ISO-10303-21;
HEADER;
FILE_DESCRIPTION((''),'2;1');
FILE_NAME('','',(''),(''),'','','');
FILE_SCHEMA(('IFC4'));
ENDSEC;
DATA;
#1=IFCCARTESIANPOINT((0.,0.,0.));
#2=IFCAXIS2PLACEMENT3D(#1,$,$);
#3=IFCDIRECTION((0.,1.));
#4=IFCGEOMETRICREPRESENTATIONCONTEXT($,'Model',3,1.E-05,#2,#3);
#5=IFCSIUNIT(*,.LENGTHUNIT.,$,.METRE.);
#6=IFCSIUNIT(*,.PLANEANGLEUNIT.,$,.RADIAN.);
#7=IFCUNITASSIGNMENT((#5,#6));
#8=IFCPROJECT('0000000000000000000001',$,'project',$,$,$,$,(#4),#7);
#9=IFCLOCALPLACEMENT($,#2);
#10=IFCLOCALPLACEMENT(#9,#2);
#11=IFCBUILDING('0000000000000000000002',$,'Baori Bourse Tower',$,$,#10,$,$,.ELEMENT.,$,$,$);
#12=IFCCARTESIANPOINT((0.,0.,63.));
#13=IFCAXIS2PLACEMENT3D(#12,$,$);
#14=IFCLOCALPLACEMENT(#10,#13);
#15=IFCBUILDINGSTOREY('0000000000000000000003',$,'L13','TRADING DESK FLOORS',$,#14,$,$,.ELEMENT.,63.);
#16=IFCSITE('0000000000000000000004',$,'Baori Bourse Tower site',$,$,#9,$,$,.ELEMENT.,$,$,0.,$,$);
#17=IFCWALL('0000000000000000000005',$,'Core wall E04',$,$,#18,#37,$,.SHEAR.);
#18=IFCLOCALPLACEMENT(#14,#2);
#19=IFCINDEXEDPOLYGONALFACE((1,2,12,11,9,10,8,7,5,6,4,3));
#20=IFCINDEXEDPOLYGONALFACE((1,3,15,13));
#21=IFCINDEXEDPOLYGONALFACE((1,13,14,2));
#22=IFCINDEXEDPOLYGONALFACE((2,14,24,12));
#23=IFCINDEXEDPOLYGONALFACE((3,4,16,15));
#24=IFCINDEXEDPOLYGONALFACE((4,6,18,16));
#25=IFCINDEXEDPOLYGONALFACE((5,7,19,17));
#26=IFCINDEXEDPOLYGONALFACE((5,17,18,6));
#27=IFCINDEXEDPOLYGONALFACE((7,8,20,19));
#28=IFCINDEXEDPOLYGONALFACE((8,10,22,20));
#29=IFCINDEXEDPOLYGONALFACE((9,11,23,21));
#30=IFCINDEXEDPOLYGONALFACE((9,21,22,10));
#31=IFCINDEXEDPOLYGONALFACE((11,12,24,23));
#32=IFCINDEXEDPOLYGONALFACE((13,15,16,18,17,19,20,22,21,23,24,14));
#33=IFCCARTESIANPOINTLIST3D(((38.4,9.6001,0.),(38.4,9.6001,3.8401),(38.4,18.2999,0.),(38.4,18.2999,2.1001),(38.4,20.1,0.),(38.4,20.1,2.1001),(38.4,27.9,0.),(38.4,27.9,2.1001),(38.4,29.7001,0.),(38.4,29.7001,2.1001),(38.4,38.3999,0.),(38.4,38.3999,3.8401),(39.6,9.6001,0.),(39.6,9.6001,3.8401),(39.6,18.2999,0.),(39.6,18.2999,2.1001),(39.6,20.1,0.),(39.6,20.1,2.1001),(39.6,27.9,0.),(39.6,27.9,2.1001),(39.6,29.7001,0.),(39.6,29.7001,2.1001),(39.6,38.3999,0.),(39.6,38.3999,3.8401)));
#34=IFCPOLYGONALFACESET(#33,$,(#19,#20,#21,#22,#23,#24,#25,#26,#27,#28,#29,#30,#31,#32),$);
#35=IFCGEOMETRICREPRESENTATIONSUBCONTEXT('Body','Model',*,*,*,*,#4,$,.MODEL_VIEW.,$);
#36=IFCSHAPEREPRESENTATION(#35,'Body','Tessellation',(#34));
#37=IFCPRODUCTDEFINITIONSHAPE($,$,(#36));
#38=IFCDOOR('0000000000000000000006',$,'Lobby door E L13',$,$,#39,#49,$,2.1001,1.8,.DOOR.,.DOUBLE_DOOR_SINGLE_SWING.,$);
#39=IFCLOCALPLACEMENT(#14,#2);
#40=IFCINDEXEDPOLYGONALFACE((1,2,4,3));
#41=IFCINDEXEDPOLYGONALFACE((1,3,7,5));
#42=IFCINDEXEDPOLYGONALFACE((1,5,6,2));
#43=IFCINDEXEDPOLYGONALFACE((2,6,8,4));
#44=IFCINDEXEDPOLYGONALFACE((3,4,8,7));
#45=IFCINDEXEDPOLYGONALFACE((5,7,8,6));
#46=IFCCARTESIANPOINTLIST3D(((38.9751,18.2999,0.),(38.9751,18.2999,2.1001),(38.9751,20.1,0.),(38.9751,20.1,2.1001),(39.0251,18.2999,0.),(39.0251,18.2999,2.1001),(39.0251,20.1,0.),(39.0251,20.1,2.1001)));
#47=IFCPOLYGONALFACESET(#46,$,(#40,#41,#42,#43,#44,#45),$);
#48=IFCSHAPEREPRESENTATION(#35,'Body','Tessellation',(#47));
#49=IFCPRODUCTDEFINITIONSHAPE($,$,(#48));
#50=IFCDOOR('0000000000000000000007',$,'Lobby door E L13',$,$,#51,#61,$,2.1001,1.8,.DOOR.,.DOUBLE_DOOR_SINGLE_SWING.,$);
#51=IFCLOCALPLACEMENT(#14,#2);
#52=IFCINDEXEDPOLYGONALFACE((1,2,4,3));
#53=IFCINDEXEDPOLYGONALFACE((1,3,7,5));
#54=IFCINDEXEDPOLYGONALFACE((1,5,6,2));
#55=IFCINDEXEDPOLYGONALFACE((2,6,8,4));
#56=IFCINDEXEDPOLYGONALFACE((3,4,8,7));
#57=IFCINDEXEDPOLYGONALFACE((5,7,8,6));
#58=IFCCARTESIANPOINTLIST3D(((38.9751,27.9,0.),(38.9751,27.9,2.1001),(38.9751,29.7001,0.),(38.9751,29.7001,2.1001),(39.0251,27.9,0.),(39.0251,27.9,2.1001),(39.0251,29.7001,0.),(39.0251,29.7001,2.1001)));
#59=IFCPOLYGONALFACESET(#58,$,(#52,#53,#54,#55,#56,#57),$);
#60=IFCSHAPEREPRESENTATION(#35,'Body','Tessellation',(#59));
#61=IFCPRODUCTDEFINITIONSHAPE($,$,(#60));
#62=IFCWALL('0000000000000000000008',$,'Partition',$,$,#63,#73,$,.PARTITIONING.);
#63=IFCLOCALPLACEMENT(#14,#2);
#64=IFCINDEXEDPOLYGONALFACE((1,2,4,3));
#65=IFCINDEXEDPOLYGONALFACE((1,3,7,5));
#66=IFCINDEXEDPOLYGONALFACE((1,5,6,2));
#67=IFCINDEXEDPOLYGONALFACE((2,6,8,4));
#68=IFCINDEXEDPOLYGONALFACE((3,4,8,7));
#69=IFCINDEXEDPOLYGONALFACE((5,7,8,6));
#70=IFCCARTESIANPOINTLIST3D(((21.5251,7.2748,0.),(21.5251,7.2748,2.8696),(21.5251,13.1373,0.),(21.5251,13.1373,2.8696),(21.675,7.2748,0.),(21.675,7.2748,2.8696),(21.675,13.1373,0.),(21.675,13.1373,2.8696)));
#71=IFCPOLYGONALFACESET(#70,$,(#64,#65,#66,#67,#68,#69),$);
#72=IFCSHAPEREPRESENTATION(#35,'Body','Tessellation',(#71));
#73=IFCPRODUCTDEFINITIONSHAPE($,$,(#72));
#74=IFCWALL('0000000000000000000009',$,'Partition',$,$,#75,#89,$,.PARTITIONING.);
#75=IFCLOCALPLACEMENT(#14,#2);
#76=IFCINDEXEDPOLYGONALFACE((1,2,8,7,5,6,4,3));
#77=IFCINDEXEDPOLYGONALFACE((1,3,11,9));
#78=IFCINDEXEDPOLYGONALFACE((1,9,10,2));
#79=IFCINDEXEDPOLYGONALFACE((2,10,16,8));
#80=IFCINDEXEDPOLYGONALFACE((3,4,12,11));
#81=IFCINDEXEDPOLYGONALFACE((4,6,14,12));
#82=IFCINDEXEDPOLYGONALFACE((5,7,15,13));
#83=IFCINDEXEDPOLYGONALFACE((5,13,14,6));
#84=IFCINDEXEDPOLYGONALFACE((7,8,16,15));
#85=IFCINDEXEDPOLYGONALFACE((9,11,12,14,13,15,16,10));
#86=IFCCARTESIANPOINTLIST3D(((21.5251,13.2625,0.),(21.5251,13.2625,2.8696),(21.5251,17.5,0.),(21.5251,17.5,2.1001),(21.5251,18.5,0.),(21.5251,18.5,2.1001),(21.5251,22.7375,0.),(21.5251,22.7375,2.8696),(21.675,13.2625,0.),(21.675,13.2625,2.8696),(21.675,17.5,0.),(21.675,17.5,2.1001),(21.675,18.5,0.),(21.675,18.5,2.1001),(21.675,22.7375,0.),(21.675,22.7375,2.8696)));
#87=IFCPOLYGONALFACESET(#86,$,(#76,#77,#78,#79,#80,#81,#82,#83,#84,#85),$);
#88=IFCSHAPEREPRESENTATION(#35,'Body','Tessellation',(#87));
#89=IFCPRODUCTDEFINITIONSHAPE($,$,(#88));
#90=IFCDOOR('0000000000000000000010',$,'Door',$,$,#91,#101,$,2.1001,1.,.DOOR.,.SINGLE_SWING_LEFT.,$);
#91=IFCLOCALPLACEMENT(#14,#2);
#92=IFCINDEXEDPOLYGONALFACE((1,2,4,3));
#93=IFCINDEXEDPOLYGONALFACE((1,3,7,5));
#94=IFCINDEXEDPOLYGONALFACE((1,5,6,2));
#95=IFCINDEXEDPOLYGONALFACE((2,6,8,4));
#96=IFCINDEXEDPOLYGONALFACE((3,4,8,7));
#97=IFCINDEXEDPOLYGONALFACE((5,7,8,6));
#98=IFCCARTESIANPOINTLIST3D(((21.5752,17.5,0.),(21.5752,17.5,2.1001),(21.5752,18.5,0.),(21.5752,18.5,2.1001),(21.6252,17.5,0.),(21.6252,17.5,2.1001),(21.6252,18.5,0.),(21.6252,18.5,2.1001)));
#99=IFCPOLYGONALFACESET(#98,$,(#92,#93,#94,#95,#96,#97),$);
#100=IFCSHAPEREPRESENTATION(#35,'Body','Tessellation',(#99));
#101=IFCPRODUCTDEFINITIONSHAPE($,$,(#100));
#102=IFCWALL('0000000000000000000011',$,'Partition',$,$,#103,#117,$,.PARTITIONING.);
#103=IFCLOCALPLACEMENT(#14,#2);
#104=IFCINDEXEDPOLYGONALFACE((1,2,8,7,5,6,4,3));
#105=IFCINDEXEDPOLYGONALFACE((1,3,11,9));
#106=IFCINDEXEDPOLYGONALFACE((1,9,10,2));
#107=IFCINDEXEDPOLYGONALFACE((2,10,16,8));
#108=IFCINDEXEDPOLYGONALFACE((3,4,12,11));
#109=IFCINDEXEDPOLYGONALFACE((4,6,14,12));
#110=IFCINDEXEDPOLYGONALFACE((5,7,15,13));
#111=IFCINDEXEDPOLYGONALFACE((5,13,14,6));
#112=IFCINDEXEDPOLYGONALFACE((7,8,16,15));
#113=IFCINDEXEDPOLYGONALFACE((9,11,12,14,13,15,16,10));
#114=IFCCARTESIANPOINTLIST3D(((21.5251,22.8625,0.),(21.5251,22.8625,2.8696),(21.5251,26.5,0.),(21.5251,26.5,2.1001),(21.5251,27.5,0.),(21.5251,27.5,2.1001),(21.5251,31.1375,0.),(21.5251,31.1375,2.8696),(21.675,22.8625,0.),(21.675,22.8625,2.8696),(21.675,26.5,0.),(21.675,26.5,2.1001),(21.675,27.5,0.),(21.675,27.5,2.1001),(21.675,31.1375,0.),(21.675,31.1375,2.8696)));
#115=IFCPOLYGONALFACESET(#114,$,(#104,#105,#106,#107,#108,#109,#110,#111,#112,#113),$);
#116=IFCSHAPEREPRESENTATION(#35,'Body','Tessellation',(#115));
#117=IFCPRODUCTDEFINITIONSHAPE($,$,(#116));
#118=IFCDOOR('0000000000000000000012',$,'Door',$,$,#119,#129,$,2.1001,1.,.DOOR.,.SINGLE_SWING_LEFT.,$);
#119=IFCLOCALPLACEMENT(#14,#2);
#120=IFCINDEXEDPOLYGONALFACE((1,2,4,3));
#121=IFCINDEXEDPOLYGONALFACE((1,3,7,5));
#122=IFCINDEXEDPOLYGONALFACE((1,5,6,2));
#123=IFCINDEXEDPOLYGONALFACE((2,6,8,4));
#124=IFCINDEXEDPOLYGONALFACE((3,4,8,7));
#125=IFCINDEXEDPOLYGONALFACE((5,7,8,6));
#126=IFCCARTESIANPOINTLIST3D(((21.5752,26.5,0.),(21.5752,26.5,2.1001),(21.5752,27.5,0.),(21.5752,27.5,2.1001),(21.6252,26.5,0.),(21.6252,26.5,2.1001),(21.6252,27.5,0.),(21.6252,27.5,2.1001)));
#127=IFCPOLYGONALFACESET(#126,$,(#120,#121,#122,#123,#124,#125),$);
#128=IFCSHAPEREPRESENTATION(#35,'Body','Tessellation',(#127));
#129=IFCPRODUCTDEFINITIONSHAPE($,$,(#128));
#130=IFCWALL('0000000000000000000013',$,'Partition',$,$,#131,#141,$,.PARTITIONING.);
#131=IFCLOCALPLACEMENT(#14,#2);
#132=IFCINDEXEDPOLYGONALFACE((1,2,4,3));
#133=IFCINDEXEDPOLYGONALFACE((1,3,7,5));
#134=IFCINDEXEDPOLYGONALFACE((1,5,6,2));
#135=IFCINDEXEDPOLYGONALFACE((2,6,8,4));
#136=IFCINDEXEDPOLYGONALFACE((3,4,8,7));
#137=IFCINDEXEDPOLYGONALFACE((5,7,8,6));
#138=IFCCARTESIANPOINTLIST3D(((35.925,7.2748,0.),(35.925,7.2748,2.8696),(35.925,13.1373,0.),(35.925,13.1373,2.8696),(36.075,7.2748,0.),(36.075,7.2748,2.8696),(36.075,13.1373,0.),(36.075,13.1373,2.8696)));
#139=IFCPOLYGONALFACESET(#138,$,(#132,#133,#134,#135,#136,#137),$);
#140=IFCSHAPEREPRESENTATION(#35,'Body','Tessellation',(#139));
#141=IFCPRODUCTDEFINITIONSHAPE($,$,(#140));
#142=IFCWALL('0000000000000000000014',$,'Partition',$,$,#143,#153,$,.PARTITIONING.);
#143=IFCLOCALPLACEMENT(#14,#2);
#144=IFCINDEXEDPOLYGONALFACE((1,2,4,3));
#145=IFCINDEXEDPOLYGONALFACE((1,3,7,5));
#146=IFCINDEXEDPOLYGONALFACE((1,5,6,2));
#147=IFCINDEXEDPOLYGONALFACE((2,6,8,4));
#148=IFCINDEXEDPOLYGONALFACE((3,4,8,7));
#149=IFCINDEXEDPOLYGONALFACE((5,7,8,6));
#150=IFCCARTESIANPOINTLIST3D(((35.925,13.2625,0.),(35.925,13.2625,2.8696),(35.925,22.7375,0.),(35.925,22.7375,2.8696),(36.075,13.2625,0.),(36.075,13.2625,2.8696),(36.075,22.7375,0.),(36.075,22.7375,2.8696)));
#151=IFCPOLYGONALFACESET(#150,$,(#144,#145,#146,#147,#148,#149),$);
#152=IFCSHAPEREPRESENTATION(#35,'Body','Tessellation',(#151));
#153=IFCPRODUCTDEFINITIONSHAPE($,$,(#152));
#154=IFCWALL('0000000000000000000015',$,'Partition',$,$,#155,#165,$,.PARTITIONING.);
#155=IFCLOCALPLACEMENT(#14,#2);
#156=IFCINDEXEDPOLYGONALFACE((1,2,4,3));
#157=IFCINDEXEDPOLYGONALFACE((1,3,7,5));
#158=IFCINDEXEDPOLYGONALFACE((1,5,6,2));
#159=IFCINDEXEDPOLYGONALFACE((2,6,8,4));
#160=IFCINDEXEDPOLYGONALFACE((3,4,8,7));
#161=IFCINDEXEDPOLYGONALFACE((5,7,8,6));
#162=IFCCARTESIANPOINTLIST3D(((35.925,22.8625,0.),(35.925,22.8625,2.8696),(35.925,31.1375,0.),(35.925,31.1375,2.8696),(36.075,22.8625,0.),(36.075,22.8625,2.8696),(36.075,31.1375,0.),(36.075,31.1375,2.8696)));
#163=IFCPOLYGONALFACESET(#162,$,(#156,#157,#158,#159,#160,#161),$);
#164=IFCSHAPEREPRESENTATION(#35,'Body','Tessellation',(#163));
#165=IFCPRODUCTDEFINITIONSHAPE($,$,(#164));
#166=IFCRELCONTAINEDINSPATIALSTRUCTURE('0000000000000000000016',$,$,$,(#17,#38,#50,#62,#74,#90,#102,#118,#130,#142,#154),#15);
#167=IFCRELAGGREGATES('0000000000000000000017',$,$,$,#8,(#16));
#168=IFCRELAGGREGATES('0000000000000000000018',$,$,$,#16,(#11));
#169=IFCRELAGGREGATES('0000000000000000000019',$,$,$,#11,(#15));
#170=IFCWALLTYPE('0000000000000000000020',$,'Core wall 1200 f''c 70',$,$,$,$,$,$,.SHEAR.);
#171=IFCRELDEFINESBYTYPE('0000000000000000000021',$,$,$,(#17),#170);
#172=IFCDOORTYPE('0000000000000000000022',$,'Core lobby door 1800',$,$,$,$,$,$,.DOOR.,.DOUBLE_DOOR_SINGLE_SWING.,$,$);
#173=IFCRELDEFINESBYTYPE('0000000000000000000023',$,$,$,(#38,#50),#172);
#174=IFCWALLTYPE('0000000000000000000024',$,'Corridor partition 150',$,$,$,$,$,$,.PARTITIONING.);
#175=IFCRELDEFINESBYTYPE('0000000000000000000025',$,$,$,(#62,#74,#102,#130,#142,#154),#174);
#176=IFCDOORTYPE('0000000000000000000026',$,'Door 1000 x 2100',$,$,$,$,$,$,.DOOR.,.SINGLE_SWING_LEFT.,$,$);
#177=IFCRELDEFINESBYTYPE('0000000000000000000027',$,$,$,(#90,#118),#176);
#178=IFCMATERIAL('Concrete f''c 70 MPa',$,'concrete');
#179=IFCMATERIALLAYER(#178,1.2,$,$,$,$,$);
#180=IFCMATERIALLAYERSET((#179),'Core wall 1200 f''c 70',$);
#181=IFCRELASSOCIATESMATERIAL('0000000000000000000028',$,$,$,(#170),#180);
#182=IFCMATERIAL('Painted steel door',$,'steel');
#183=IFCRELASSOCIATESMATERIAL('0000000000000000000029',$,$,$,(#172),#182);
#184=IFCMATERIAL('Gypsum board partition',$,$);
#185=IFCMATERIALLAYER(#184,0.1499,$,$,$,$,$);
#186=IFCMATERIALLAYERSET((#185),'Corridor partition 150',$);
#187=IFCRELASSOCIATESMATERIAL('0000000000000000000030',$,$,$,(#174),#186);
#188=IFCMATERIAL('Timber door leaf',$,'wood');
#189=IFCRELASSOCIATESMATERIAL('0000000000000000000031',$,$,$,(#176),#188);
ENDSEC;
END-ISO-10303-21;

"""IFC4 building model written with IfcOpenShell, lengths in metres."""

from ifc_helpers import new_model, si_unit, direction, frame, frame_2d, origin, place, context, subcontext, project, spatial, rectangle, extrude, material, layer, layer_set, type_object, element, fill, save


model = new_model("IFC4")

# Units and contexts
model_context = context("Model", 3, precision=1e-05, world=origin(), true_north=direction((0.0, 1.0)))
body_context = subcontext(model_context, "Body", "Model", "MODEL_VIEW")
ifc_project = project(units=[si_unit("LENGTHUNIT", "METRE"), si_unit("PLANEANGLEUNIT", "RADIAN")], contexts=[model_context])

# Site, building, storey
site_placement = place(None, origin())
site = spatial("IfcSite", under=ifc_project, at=site_placement, Name="Baori Bourse Tower site", CompositionType="ELEMENT", RefElevation=0.0)
building_placement = place(site_placement, origin())
building = spatial("IfcBuilding", under=site, at=building_placement, Name="Baori Bourse Tower", CompositionType="ELEMENT")
storey_placement = place(building_placement, frame((0.0, 0.0, 63.0)))
storey = spatial("IfcBuildingStorey", under=building, at=storey_placement, Name="L13", Description="TRADING DESK FLOORS", CompositionType="ELEMENT", Elevation=63.0)

# Wall, openings, doors
ifc_material_1 = material(Name="Concrete f'c 70 MPa", Category="concrete")
ifc_layer_1 = layer(ifc_material_1, 1.2)
ifc_layer_set_1 = layer_set([ifc_layer_1], Name="Core wall 1200 f'c 70")
wall_type_1 = type_object("IfcWallType", Name="Core wall 1200 f'c 70", PredefinedType="SHEAR", material=ifc_layer_set_1)
wall_1_placement = place(storey_placement, frame((39.0, 9.6001, 0.0), z_axis=(0.0, 0.0, 1.0), x_axis=(0.0, 1.0, 0.0)))
wall_1 = element("IfcWall", 1, at=wall_1_placement, inside=storey, type_object=wall_type_1, Name="Core wall E04", PredefinedType="SHEAR", context=body_context, shape_type="SweptSolid", body=[
    extrude(rectangle(XDim=28.7998, YDim=1.2, at=frame_2d((14.3999, 0.0))), origin(), (0.0, 0.0, 1.0), 3.8401),
])
opening_1_placement = place(wall_1_placement, frame((8.7, 0.0, 0.0)))
opening_1 = element("IfcOpeningElement", 2, at=opening_1_placement, cuts=wall_1, PredefinedType="OPENING", context=body_context, shape_type="SweptSolid", body=[
    extrude(rectangle(XDim=1.8, YDim=2.1001, at=frame_2d((0.8999, 1.05))), frame((0.0, 0.6099, 0.0), z_axis=(0.0, -1.0, 0.0), x_axis=(1.0, 0.0, 0.0)), (0.0, 0.0, 1.0), 1.22),
])
opening_2_placement = place(wall_1_placement, frame((18.3, 0.0, 0.0)))
opening_2 = element("IfcOpeningElement", 3, at=opening_2_placement, cuts=wall_1, PredefinedType="OPENING", context=body_context, shape_type="SweptSolid", body=[
    extrude(rectangle(XDim=1.8, YDim=2.1001, at=frame_2d((0.8999, 1.05))), frame((0.0, 0.6099, 0.0), z_axis=(0.0, -1.0, 0.0), x_axis=(1.0, 0.0, 0.0)), (0.0, 0.0, 1.0), 1.22),
])
ifc_material_2 = material(Name="Painted steel door", Category="steel")
door_type_1 = type_object("IfcDoorType", Name="Core lobby door 1800", OperationType="DOUBLE_DOOR_SINGLE_SWING", PredefinedType="DOOR", material=ifc_material_2)
door_1_placement = place(opening_1_placement, origin())
door_1 = element("IfcDoor", 4, at=door_1_placement, inside=storey, type_object=door_type_1, Name="Lobby door E L13", OperationType="DOUBLE_DOOR_SINGLE_SWING", OverallHeight=2.1001, OverallWidth=1.8, PredefinedType="DOOR", context=body_context, shape_type="SweptSolid", body=[
    extrude(rectangle(XDim=1.8, YDim=2.1001, at=frame_2d((0.8999, 1.05))), frame((0.0, 0.0249, 0.0), z_axis=(0.0, -1.0, 0.0), x_axis=(1.0, 0.0, 0.0)), (0.0, 0.0, 1.0), 0.05),
])
fill(opening_1, door_1)
door_2_placement = place(opening_2_placement, origin())
door_2 = element("IfcDoor", 5, at=door_2_placement, inside=storey, type_object=door_type_1, Name="Lobby door E L13", OperationType="DOUBLE_DOOR_SINGLE_SWING", OverallHeight=2.1001, OverallWidth=1.8, PredefinedType="DOOR", context=body_context, shape_type="SweptSolid", body=[
    extrude(rectangle(XDim=1.8, YDim=2.1001, at=frame_2d((0.8999, 1.05))), frame((0.0, 0.0249, 0.0), z_axis=(0.0, -1.0, 0.0), x_axis=(1.0, 0.0, 0.0)), (0.0, 0.0, 1.0), 0.05),
])
fill(opening_2, door_2)

# Wall
ifc_material_3 = material(Name="Gypsum board partition")
ifc_layer_2 = layer(ifc_material_3, 0.1499)
ifc_layer_set_2 = layer_set([ifc_layer_2], Name="Corridor partition 150")
wall_type_2 = type_object("IfcWallType", Name="Corridor partition 150", PredefinedType="PARTITIONING", material=ifc_layer_set_2)
wall_2_placement = place(storey_placement, frame((21.6001, 7.2749, 0.0), z_axis=(0.0, 0.0, 1.0), x_axis=(0.0, 1.0, 0.0)))
element("IfcWall", 6, at=wall_2_placement, inside=storey, type_object=wall_type_2, Name="Partition", PredefinedType="PARTITIONING", context=body_context, shape_type="SweptSolid", body=[
    extrude(rectangle(XDim=5.8625, YDim=0.1499, at=frame_2d((2.9312, 0.0))), origin(), (0.0, 0.0, 1.0), 2.8696),
])

# Walls, openings, doors
wall_3_placement = place(storey_placement, frame((21.6001, 13.2625, 0.0), z_axis=(0.0, 0.0, 1.0), x_axis=(0.0, 1.0, 0.0)))
wall_3 = element("IfcWall", 7, at=wall_3_placement, inside=storey, type_object=wall_type_2, Name="Partition", PredefinedType="PARTITIONING", context=body_context, shape_type="SweptSolid", body=[
    extrude(rectangle(XDim=9.4751, YDim=0.1499, at=frame_2d((4.7375, 0.0))), origin(), (0.0, 0.0, 1.0), 2.8696),
])
opening_3_placement = place(wall_3_placement, frame((4.2375, 0.0, 0.0)))
opening_3 = element("IfcOpeningElement", 8, at=opening_3_placement, cuts=wall_3, PredefinedType="OPENING", context=body_context, shape_type="SweptSolid", body=[
    extrude(rectangle(XDim=1.0, YDim=2.1001, at=frame_2d((0.5, 1.05))), frame((0.0, 0.085, 0.0), z_axis=(0.0, -1.0, 0.0), x_axis=(1.0, 0.0, 0.0)), (0.0, 0.0, 1.0), 0.1699),
])
ifc_material_4 = material(Name="Timber door leaf", Category="wood")
door_type_2 = type_object("IfcDoorType", Name="Door 1000 x 2100", OperationType="SINGLE_SWING_LEFT", PredefinedType="DOOR", material=ifc_material_4)
door_3_placement = place(opening_3_placement, origin())
door_3 = element("IfcDoor", 9, at=door_3_placement, inside=storey, type_object=door_type_2, Name="Door", OperationType="SINGLE_SWING_LEFT", OverallHeight=2.1001, OverallWidth=1.0, PredefinedType="DOOR", context=body_context, shape_type="SweptSolid", body=[
    extrude(rectangle(XDim=1.0, YDim=2.1001, at=frame_2d((0.5, 1.05))), frame((0.0, 0.0249, 0.0), z_axis=(0.0, -1.0, 0.0), x_axis=(1.0, 0.0, 0.0)), (0.0, 0.0, 1.0), 0.05),
])
fill(opening_3, door_3)
wall_4_placement = place(storey_placement, frame((21.6001, 22.8625, 0.0), z_axis=(0.0, 0.0, 1.0), x_axis=(0.0, 1.0, 0.0)))
wall_4 = element("IfcWall", 10, at=wall_4_placement, inside=storey, type_object=wall_type_2, Name="Partition", PredefinedType="PARTITIONING", context=body_context, shape_type="SweptSolid", body=[
    extrude(rectangle(XDim=8.2749, YDim=0.1499, at=frame_2d((4.1375, 0.0))), origin(), (0.0, 0.0, 1.0), 2.8696),
])
opening_4_placement = place(wall_4_placement, frame((3.6375, 0.0, 0.0)))
opening_4 = element("IfcOpeningElement", 11, at=opening_4_placement, cuts=wall_4, PredefinedType="OPENING", context=body_context, shape_type="SweptSolid", body=[
    extrude(rectangle(XDim=1.0, YDim=2.1001, at=frame_2d((0.5, 1.05))), frame((0.0, 0.085, 0.0), z_axis=(0.0, -1.0, 0.0), x_axis=(1.0, 0.0, 0.0)), (0.0, 0.0, 1.0), 0.1699),
])
door_4_placement = place(opening_4_placement, origin())
door_4 = element("IfcDoor", 12, at=door_4_placement, inside=storey, type_object=door_type_2, Name="Door", OperationType="SINGLE_SWING_LEFT", OverallHeight=2.1001, OverallWidth=1.0, PredefinedType="DOOR", context=body_context, shape_type="SweptSolid", body=[
    extrude(rectangle(XDim=1.0, YDim=2.1001, at=frame_2d((0.5, 1.05))), frame((0.0, 0.0249, 0.0), z_axis=(0.0, -1.0, 0.0), x_axis=(1.0, 0.0, 0.0)), (0.0, 0.0, 1.0), 0.05),
])
fill(opening_4, door_4)

# Walls
wall_5_placement = place(storey_placement, frame((36.0, 7.2749, 0.0), z_axis=(0.0, 0.0, 1.0), x_axis=(0.0, 1.0, 0.0)))
element("IfcWall", 13, at=wall_5_placement, inside=storey, type_object=wall_type_2, Name="Partition", PredefinedType="PARTITIONING", context=body_context, shape_type="SweptSolid", body=[
    extrude(rectangle(XDim=5.8625, YDim=0.1499, at=frame_2d((2.9312, 0.0))), origin(), (0.0, 0.0, 1.0), 2.8696),
])
wall_6_placement = place(storey_placement, frame((36.0, 13.2625, 0.0), z_axis=(0.0, 0.0, 1.0), x_axis=(0.0, 1.0, 0.0)))
element("IfcWall", 14, at=wall_6_placement, inside=storey, type_object=wall_type_2, Name="Partition", PredefinedType="PARTITIONING", context=body_context, shape_type="SweptSolid", body=[
    extrude(rectangle(XDim=9.4751, YDim=0.1499, at=frame_2d((4.7375, 0.0))), origin(), (0.0, 0.0, 1.0), 2.8696),
])
wall_7_placement = place(storey_placement, frame((36.0, 22.8625, 0.0), z_axis=(0.0, 0.0, 1.0), x_axis=(0.0, 1.0, 0.0)))
element("IfcWall", 15, at=wall_7_placement, inside=storey, type_object=wall_type_2, Name="Partition", PredefinedType="PARTITIONING", context=body_context, shape_type="SweptSolid", body=[
    extrude(rectangle(XDim=8.2749, YDim=0.1499, at=frame_2d((4.1375, 0.0))), origin(), (0.0, 0.0, 1.0), 2.8696),
])

save(model, "model.ifc")
